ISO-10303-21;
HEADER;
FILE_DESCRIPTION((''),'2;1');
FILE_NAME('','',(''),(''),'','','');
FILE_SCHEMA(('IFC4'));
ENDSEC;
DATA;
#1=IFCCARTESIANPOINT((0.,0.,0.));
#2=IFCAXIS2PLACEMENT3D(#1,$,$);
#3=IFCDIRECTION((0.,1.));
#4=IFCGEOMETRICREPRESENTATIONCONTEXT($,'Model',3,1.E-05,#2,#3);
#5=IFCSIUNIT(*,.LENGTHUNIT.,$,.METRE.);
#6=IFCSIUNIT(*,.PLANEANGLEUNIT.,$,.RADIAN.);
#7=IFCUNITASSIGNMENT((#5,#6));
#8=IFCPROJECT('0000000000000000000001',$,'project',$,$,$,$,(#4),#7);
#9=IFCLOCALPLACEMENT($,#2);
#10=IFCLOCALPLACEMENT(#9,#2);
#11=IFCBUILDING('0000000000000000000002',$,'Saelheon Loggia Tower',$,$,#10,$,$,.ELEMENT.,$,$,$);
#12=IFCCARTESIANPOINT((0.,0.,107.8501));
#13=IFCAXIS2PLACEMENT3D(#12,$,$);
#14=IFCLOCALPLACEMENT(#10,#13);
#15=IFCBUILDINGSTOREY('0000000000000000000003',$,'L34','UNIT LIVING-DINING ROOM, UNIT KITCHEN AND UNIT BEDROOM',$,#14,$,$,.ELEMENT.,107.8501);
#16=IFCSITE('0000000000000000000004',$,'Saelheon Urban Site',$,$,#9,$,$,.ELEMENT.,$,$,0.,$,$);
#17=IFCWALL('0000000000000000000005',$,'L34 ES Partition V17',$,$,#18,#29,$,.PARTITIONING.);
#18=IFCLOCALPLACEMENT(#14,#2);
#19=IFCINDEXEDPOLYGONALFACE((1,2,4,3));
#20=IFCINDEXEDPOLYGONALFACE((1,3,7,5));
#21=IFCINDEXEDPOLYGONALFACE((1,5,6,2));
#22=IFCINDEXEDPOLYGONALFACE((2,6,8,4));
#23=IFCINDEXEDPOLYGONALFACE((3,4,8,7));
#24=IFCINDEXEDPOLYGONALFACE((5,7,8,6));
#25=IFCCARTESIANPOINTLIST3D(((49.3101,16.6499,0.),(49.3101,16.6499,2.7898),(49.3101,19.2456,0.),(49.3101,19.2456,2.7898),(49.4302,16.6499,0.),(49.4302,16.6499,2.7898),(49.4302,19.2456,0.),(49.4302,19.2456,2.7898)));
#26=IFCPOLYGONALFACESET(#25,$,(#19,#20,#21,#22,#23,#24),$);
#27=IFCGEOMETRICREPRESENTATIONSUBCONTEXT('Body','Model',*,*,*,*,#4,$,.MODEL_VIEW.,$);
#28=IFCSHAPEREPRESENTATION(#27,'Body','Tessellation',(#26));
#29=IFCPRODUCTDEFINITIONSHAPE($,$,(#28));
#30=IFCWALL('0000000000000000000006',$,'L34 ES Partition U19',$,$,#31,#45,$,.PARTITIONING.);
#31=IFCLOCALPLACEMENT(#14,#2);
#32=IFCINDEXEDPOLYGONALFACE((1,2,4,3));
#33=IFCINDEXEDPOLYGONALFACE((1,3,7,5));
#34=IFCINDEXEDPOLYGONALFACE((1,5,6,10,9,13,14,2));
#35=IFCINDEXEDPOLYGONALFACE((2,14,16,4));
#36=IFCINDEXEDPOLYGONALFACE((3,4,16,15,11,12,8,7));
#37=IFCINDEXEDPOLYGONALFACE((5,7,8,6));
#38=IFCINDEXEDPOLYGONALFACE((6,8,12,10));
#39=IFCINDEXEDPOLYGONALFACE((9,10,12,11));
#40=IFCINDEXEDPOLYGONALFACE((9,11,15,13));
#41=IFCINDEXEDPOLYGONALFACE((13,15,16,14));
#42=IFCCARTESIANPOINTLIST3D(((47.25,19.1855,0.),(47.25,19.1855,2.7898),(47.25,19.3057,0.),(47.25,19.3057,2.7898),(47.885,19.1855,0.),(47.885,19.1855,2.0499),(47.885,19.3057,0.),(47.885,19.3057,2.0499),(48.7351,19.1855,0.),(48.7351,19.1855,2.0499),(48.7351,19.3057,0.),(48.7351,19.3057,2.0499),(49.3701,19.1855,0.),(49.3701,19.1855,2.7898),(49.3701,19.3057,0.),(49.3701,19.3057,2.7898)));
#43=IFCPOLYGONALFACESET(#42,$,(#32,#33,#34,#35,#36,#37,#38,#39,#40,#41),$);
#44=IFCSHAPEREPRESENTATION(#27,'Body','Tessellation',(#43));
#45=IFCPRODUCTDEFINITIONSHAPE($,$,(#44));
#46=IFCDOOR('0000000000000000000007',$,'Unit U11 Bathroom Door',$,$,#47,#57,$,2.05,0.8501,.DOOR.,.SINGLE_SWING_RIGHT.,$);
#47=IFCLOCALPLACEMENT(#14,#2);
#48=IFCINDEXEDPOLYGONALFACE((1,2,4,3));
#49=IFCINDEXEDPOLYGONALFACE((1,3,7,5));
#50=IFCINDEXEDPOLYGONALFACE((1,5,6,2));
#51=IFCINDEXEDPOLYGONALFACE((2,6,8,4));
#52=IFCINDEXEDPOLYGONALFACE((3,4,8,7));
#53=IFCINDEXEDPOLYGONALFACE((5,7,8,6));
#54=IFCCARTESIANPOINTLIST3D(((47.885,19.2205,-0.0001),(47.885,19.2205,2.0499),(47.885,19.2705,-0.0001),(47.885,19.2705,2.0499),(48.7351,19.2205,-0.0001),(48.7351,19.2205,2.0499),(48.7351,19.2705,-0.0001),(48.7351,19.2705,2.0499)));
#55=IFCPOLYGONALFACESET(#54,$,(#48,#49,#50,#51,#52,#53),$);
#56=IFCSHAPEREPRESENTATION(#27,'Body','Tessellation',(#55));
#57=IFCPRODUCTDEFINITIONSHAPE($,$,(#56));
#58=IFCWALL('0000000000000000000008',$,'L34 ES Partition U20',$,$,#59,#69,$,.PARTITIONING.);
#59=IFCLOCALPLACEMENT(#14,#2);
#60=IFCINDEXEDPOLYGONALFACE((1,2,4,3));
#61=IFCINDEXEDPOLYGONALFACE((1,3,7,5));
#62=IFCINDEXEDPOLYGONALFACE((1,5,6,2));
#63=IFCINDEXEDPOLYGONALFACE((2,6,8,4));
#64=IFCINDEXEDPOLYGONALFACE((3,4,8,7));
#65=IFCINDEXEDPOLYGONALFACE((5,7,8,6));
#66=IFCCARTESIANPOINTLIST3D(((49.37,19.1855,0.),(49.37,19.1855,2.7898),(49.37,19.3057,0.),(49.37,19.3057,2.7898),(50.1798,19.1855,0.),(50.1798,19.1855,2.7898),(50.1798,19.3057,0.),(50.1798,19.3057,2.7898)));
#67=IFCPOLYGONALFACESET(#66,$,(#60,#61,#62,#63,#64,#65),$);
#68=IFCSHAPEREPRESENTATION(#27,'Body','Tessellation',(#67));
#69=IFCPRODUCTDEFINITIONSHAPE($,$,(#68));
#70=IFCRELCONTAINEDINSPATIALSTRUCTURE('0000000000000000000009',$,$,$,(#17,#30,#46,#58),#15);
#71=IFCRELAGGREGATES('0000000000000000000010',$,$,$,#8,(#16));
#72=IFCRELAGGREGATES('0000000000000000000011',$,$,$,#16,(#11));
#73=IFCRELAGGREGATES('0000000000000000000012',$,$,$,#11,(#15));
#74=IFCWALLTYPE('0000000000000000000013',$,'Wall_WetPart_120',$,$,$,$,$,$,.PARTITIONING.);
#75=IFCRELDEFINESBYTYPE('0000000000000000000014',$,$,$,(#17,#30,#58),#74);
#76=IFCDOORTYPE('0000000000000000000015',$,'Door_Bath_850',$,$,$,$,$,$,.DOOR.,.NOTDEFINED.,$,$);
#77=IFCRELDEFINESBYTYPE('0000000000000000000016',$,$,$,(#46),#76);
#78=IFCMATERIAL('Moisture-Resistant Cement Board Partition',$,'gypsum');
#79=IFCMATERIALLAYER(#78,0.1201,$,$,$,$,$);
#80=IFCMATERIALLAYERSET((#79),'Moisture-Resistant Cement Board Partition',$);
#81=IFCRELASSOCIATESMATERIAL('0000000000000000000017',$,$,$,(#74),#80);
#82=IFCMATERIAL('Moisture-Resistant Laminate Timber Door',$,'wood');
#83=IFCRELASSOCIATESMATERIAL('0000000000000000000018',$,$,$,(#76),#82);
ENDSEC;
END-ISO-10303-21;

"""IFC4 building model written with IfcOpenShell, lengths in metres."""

from ifc_helpers import new_model, si_unit, direction, frame, frame_2d, origin, place, context, subcontext, project, spatial, rectangle, extrude, source, transform, mapped, material, layer, layer_set, type_object, element, fill, save


model = new_model("IFC4")

# Units and contexts
model_context = context("Model", 3, precision=1e-05, world=origin(), true_north=direction((0.0, 1.0)))
body_context = subcontext(model_context, "Body", "Model", "MODEL_VIEW")
ifc_project = project(units=[si_unit("LENGTHUNIT", "METRE"), si_unit("PLANEANGLEUNIT", "RADIAN")], contexts=[model_context])

# Site, building, storey
site_placement = place(None, origin())
site = spatial("IfcSite", under=ifc_project, at=site_placement, Name="Saelheon Urban Site", CompositionType="ELEMENT", RefElevation=0.0)
building_placement = place(site_placement, origin())
building = spatial("IfcBuilding", under=site, at=building_placement, Name="Saelheon Loggia Tower", CompositionType="ELEMENT")
storey_placement = place(building_placement, frame((0.0, 0.0, 107.8501)))
storey = spatial("IfcBuildingStorey", under=building, at=storey_placement, Name="L34", Description="UNIT LIVING-DINING ROOM, UNIT KITCHEN AND UNIT BEDROOM", CompositionType="ELEMENT", Elevation=107.8501)

# Wall
ifc_material_1 = material(Name="Moisture-Resistant Cement Board Partition", Category="gypsum")
ifc_layer_1 = layer(ifc_material_1, 0.1201)
ifc_layer_set_1 = layer_set([ifc_layer_1], Name="Moisture-Resistant Cement Board Partition")
wall_type_1 = type_object("IfcWallType", Name="Wall_WetPart_120", PredefinedType="PARTITIONING", material=ifc_layer_set_1)
wall_1_placement = place(storey_placement, frame((49.3701, 16.6499, 0.0), z_axis=(0.0, 0.0, 1.0), x_axis=(0.0, 1.0, 0.0)))
element("IfcWall", 1, at=wall_1_placement, inside=storey, type_object=wall_type_1, Name="L34 ES Partition V17", PredefinedType="PARTITIONING", context=body_context, shape_type="SweptSolid", body=[
    extrude(rectangle(XDim=2.5957, YDim=0.1201, at=frame_2d((1.2979, 0.0))), origin(), (0.0, 0.0, 1.0), 2.7898),
])

# Wall, opening, door
wall_2_placement = place(storey_placement, frame((47.25, 19.2456, 0.0), z_axis=(0.0, 0.0, 1.0), x_axis=(1.0, 0.0, 0.0)))
wall_2 = element("IfcWall", 2, at=wall_2_placement, inside=storey, type_object=wall_type_1, Name="L34 ES Partition U19", PredefinedType="PARTITIONING", context=body_context, shape_type="SweptSolid", body=[
    extrude(rectangle(XDim=2.1201, YDim=0.1201, at=frame_2d((1.0601, 0.0))), origin(), (0.0, 0.0, 1.0), 2.7898),
])
opening_1_placement = place(wall_2_placement, frame((0.635, 0.0, 0.0)))
opening_1 = element("IfcOpeningElement", 3, at=opening_1_placement, cuts=wall_2, PredefinedType="OPENING", context=body_context, shape_type="SweptSolid", body=[
    extrude(rectangle(XDim=0.8501, YDim=2.05, at=frame_2d((0.425, 1.0249))), frame((0.0, 0.072, 0.0), z_axis=(0.0, -1.0, 0.0), x_axis=(1.0, 0.0, 0.0)), (0.0, 0.0, 1.0), 0.144),
])
ifc_material_2 = material(Name="Moisture-Resistant Laminate Timber Door", Category="wood")
door_type_1 = type_object("IfcDoorType", Name="Door_Bath_850", OperationType="NOTDEFINED", PredefinedType="DOOR", material=ifc_material_2)
shared_shape_1 = source(origin(), body_context, "Body", "SweptSolid", [
    extrude(rectangle(XDim=0.8501, YDim=2.05, at=frame_2d((0.425, 1.0249))), frame((0.0, 0.0249, 0.0), z_axis=(0.0, -1.0, 0.0), x_axis=(1.0, 0.0, 0.0)), (0.0, 0.0, 1.0), 0.05),
])
door_1_placement = place(opening_1_placement, origin())
door_1 = element("IfcDoor", 4, at=door_1_placement, inside=storey, type_object=door_type_1, Name="Unit U11 Bathroom Door", OperationType="SINGLE_SWING_RIGHT", OverallHeight=2.05, OverallWidth=0.8501, PredefinedType="DOOR", context=body_context, shape_type="MappedRepresentation", body=[
    mapped(shared_shape_1, transform((0.0, 0.0, 0.0), scale=1.0)),
])
fill(opening_1, door_1)

# Wall
wall_3_placement = place(storey_placement, frame((49.3701, 19.2456, 0.0), z_axis=(0.0, 0.0, 1.0), x_axis=(1.0, 0.0, 0.0)))
element("IfcWall", 5, at=wall_3_placement, inside=storey, type_object=wall_type_1, Name="L34 ES Partition U20", PredefinedType="PARTITIONING", context=body_context, shape_type="SweptSolid", body=[
    extrude(rectangle(XDim=0.8098, YDim=0.1201, at=frame_2d((0.4048, 0.0))), origin(), (0.0, 0.0, 1.0), 2.7898),
])

save(model, "model.ifc")
